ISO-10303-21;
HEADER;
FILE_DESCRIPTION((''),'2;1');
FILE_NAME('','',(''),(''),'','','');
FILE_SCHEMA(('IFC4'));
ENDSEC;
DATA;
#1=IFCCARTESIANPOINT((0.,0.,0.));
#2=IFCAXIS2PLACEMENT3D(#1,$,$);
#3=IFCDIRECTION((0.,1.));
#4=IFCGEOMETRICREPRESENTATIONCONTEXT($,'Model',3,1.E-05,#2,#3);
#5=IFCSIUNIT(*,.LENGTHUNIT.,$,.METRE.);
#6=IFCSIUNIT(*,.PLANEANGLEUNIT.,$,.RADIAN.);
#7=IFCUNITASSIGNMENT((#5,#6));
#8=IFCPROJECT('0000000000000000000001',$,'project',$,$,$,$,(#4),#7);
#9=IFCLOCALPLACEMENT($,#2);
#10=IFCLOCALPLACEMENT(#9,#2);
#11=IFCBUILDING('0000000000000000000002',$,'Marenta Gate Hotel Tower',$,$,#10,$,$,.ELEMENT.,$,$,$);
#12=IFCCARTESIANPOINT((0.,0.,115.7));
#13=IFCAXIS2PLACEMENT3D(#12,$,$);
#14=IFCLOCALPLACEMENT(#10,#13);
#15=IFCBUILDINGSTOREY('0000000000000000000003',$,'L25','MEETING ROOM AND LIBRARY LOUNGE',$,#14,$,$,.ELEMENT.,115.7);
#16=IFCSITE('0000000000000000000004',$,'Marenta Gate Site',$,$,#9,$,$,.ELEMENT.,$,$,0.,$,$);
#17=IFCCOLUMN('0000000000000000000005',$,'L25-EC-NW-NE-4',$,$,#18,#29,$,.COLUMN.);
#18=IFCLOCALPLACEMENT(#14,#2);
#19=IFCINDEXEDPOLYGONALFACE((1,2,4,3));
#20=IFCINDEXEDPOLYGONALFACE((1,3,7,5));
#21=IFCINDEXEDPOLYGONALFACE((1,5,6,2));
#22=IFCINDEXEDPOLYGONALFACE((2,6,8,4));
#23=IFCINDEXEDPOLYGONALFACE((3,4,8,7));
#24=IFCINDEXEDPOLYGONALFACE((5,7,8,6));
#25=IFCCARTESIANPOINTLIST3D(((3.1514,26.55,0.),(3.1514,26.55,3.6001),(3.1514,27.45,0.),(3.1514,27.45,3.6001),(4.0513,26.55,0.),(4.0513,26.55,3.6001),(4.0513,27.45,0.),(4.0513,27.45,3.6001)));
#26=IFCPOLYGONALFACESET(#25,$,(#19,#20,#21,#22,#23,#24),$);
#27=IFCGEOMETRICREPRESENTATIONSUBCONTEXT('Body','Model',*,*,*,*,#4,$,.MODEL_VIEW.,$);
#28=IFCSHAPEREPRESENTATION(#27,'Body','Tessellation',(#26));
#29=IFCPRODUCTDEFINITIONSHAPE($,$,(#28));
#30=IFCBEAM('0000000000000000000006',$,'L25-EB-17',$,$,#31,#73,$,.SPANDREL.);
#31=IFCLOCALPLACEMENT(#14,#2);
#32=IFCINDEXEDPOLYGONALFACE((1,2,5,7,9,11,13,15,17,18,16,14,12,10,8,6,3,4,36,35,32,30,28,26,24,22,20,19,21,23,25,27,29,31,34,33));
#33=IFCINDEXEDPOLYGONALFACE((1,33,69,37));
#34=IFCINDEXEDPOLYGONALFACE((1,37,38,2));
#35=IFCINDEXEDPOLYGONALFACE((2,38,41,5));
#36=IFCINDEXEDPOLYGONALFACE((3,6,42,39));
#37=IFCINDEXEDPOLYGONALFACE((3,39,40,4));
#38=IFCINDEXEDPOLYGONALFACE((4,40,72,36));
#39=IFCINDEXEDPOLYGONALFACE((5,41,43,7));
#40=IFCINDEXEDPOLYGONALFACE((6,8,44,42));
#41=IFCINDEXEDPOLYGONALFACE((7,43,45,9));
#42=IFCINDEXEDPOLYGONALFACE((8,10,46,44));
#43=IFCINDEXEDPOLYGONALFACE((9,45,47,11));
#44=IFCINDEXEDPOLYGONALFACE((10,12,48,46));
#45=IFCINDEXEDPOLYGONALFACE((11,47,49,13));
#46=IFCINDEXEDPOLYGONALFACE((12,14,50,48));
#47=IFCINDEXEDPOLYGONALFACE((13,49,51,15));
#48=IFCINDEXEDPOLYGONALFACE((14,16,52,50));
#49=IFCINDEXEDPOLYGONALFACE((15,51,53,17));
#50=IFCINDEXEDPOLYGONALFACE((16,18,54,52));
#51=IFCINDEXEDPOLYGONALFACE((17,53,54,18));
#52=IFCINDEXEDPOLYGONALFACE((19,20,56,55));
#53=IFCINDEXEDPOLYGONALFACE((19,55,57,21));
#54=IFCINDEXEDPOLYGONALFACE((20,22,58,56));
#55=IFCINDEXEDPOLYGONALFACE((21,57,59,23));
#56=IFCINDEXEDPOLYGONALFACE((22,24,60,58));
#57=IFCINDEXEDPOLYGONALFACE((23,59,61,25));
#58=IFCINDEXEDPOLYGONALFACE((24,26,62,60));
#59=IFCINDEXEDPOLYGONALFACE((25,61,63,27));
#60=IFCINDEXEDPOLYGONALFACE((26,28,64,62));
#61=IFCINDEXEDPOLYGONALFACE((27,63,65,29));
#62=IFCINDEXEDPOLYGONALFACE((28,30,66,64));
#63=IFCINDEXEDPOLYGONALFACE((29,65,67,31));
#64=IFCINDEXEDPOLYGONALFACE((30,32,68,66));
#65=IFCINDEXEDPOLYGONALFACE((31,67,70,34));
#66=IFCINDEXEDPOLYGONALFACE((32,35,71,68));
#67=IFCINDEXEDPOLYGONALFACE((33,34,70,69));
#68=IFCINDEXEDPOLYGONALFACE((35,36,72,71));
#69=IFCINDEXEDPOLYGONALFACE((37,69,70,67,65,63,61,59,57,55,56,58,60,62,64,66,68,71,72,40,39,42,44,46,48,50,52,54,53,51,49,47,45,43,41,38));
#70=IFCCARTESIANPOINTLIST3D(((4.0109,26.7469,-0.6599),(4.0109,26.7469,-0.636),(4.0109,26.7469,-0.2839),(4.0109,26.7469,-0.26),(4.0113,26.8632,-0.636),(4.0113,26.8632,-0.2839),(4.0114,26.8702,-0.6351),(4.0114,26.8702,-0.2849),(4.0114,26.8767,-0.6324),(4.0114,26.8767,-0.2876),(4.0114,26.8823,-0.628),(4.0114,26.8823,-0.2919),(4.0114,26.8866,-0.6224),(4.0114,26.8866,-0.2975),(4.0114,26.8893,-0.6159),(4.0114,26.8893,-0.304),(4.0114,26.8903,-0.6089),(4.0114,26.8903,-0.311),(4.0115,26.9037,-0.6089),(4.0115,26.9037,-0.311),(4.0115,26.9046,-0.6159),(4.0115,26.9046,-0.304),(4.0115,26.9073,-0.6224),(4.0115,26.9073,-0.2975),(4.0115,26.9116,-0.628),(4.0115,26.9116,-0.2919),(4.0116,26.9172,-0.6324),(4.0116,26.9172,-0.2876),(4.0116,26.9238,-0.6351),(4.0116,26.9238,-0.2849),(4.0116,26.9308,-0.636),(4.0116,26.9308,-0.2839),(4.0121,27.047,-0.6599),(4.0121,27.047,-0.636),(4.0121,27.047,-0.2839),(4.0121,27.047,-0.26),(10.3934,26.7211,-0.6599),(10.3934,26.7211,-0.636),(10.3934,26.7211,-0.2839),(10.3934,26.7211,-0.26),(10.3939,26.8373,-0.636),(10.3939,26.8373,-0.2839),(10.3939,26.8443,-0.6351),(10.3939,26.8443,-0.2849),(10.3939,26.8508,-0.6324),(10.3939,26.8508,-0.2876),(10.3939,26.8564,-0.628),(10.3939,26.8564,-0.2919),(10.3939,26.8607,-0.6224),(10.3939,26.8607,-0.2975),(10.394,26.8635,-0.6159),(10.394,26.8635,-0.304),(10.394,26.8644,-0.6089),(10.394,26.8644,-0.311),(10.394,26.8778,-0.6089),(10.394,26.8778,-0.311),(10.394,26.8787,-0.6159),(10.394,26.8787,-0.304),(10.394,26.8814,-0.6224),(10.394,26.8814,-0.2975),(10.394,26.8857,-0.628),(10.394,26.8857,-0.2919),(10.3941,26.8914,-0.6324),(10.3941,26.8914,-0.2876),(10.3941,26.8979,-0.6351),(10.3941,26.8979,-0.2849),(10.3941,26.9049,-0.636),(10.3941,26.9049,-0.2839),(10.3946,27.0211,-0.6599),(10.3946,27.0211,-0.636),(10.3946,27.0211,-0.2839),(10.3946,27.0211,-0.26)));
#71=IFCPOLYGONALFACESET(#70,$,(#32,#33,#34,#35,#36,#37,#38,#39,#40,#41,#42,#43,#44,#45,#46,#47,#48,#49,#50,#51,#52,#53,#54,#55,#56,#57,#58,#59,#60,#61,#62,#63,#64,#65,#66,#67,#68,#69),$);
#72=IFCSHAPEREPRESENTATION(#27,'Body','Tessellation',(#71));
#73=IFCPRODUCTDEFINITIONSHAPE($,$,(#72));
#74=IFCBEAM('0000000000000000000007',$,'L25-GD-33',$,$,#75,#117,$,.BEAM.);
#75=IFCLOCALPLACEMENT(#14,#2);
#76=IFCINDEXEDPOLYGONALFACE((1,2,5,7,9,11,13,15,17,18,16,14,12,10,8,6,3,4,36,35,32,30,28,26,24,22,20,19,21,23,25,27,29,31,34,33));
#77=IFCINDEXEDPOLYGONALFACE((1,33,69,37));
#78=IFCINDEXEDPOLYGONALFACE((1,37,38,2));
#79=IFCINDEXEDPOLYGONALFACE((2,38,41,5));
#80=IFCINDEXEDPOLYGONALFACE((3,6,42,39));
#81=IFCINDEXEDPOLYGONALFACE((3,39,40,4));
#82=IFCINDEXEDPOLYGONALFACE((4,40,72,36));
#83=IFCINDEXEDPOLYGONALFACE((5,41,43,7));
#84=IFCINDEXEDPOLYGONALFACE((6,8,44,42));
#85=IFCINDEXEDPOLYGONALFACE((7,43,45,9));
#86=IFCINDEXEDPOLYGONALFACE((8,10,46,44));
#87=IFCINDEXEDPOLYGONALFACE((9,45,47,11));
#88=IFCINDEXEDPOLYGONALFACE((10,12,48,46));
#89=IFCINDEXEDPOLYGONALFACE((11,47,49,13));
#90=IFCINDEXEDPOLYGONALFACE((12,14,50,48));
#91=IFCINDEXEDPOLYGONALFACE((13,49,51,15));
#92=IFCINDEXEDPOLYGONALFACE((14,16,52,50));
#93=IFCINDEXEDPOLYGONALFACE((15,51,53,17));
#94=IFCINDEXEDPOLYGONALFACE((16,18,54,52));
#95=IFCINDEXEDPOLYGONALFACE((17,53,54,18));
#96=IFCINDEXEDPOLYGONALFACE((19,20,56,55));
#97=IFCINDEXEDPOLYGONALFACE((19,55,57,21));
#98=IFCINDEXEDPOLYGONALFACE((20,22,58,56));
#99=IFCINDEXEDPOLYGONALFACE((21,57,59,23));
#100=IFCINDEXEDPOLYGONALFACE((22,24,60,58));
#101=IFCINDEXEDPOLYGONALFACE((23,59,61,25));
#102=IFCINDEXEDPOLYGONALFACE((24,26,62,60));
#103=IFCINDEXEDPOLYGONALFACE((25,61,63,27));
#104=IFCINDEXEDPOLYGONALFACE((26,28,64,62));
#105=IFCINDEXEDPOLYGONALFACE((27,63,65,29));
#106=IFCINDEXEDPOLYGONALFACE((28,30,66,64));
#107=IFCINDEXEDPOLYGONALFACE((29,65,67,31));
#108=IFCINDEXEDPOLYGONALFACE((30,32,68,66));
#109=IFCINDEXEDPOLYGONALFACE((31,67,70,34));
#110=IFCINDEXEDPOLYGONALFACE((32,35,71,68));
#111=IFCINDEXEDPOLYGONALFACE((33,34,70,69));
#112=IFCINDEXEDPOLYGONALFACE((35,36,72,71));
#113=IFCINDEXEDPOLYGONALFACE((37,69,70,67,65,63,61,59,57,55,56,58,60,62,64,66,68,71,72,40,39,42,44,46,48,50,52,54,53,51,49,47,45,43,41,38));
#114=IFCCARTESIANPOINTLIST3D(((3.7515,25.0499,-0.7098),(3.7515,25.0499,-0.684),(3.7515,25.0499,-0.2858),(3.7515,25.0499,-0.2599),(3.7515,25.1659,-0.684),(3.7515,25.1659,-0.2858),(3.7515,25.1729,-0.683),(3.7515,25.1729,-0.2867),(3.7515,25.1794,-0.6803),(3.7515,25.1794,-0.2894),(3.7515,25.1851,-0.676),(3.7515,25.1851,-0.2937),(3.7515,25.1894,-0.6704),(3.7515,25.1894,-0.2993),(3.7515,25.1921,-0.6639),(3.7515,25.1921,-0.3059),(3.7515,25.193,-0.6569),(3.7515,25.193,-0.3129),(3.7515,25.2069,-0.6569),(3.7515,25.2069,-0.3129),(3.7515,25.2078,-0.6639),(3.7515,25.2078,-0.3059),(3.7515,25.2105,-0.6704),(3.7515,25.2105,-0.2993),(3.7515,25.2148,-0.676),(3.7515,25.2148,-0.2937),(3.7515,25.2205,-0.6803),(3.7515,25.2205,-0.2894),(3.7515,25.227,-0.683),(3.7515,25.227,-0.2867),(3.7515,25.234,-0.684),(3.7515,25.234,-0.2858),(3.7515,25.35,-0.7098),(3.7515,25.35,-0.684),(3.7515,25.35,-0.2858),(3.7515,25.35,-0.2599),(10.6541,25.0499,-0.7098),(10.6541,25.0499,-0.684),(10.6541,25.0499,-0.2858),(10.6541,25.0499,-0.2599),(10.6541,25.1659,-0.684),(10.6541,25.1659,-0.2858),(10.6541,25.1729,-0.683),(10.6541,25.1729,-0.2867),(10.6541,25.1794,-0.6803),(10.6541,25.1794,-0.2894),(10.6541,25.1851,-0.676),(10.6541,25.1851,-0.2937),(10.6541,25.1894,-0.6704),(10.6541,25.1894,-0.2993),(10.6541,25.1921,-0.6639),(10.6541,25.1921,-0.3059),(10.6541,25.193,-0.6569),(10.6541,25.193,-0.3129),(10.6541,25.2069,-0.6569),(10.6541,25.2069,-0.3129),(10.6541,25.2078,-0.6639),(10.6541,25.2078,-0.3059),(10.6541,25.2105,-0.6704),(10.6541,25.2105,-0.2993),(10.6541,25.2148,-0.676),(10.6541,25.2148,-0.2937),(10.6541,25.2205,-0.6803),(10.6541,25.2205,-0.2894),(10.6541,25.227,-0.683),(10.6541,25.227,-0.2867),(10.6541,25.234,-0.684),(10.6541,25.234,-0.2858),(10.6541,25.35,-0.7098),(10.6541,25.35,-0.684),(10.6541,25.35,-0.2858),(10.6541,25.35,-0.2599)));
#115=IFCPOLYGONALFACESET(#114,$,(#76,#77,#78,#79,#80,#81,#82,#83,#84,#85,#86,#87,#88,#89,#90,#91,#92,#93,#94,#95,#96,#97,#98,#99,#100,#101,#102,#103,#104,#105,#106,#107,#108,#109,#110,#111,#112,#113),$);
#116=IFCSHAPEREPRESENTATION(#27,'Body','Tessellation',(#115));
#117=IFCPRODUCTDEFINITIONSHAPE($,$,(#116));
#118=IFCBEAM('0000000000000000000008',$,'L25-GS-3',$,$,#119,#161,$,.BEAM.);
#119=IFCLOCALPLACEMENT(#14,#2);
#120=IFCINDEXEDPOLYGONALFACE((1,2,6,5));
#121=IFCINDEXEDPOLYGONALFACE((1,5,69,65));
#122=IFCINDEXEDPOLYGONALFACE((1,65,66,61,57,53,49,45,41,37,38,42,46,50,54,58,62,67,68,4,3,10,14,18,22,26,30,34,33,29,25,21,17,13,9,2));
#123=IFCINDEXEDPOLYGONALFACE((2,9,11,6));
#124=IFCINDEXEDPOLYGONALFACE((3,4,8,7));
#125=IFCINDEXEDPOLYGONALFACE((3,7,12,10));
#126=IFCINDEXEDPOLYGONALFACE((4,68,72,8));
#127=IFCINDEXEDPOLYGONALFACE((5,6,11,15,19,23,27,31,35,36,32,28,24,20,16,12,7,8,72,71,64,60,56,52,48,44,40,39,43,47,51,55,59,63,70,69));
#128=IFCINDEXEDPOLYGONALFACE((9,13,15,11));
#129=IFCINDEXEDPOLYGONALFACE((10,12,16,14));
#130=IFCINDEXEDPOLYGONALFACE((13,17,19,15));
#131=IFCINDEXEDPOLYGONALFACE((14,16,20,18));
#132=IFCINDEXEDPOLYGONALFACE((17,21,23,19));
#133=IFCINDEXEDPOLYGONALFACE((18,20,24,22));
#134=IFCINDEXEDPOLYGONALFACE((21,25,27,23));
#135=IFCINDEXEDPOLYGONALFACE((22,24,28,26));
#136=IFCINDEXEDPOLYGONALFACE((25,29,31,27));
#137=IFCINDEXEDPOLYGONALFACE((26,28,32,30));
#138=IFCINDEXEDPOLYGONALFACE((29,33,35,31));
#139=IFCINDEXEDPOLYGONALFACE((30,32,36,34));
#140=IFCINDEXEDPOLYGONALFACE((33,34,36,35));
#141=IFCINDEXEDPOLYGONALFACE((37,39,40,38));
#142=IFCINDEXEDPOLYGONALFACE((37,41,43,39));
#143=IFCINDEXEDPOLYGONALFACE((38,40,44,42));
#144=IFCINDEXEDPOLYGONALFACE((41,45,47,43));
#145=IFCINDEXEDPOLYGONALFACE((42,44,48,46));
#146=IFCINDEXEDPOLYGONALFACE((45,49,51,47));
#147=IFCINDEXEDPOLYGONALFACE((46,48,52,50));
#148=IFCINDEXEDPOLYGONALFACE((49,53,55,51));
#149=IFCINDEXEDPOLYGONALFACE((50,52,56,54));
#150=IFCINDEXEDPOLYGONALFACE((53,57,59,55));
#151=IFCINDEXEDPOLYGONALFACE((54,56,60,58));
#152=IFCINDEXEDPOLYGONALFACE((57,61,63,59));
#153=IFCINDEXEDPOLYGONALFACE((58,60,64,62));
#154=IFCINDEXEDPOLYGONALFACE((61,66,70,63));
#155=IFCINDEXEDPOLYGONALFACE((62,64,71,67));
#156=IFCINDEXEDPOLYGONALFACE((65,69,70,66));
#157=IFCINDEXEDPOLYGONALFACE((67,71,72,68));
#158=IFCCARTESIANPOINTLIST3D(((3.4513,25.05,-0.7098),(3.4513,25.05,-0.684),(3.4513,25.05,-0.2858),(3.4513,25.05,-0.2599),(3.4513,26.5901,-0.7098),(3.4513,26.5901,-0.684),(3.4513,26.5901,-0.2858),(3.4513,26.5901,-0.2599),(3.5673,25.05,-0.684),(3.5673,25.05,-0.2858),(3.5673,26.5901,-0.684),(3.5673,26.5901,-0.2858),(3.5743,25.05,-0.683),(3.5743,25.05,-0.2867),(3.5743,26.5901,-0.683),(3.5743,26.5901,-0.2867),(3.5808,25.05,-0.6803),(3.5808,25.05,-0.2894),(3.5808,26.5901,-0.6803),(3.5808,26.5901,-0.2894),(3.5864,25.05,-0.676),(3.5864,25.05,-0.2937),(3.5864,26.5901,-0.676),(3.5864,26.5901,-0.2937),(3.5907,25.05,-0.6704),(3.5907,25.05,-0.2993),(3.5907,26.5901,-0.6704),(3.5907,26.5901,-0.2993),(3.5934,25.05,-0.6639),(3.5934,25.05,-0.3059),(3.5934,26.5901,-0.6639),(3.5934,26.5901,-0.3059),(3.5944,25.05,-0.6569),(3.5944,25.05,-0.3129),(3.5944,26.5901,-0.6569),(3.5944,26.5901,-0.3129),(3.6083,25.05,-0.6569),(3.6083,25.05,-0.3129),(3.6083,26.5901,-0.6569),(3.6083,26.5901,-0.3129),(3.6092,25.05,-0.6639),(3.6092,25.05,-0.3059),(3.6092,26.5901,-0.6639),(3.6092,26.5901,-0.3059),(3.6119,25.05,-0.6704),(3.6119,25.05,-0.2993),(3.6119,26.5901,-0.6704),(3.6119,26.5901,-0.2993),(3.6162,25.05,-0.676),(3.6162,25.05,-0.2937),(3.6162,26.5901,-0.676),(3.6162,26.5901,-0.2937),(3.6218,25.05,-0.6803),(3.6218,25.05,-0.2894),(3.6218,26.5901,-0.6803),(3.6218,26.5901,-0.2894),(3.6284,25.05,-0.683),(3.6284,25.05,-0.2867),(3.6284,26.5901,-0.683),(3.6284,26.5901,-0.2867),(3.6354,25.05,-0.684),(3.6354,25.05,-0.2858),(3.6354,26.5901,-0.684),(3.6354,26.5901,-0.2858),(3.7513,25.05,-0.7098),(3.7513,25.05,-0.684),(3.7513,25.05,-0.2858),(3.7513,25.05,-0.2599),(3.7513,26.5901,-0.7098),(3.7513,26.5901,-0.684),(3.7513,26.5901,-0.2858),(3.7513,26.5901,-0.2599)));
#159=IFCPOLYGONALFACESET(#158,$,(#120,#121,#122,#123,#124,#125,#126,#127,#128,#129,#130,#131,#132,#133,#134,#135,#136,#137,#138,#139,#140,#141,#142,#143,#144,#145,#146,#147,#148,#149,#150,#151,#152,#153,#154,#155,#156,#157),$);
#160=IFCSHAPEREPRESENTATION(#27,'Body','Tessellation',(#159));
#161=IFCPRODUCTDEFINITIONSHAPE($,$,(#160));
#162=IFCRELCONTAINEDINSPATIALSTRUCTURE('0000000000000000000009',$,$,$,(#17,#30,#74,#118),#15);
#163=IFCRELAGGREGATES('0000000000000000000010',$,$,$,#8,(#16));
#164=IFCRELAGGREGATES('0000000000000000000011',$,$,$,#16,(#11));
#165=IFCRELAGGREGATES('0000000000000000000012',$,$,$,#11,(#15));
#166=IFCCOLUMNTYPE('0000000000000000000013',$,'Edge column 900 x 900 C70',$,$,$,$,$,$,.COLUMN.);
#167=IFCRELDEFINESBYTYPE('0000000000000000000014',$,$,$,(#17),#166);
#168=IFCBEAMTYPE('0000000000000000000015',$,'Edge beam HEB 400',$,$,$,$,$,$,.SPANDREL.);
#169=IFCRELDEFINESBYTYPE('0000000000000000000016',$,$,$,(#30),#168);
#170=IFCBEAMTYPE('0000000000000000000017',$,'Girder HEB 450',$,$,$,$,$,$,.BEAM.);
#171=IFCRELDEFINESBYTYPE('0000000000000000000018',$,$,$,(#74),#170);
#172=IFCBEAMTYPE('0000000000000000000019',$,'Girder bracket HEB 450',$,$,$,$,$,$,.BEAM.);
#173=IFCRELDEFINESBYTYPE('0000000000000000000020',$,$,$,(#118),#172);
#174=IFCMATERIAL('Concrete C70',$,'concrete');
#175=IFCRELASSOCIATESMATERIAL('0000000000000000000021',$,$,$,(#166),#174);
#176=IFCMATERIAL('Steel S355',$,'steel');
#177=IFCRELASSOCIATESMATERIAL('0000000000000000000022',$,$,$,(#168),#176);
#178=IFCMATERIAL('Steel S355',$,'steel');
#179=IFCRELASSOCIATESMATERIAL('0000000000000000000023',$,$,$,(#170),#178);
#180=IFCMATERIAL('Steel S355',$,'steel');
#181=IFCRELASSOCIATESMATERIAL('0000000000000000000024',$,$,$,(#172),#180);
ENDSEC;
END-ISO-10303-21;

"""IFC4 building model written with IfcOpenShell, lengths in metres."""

from ifc_helpers import new_model, si_unit, direction, frame, origin, origin_2d, place, context, subcontext, project, spatial, rectangle, i_section, extrude, material, material_profile, profile_set, type_object, element, save


model = new_model("IFC4")

# Units and contexts
model_context = context("Model", 3, precision=1e-05, world=origin(), true_north=direction((0.0, 1.0)))
body_context = subcontext(model_context, "Body", "Model", "MODEL_VIEW")
ifc_project = project(units=[si_unit("LENGTHUNIT", "METRE"), si_unit("PLANEANGLEUNIT", "RADIAN")], contexts=[model_context])

# Site, building, storey
site_placement = place(None, origin())
site = spatial("IfcSite", under=ifc_project, at=site_placement, Name="Marenta Gate Site", CompositionType="ELEMENT", RefElevation=0.0)
building_placement = place(site_placement, origin())
building = spatial("IfcBuilding", under=site, at=building_placement, Name="Marenta Gate Hotel Tower", CompositionType="ELEMENT")
storey_placement = place(building_placement, frame((0.0, 0.0, 115.7)))
storey = spatial("IfcBuildingStorey", under=building, at=storey_placement, Name="L25", Description="MEETING ROOM AND LIBRARY LOUNGE", CompositionType="ELEMENT", Elevation=115.7)

# Column
ifc_material_1 = material(Name="Concrete C70", Category="concrete")
ifc_material_profile_1 = material_profile(ifc_material_1, rectangle(XDim=0.8999, YDim=0.8999, at=origin_2d()), Name="900 x 900")
ifc_profile_set_1 = profile_set([ifc_material_profile_1], Name="Concrete C70")
column_type = type_object("IfcColumnType", Name="Edge column 900 x 900 C70", PredefinedType="COLUMN", material=ifc_profile_set_1)
column_placement = place(storey_placement, frame((3.6013, 27.0, 0.0), z_axis=(0.0, 0.0, 1.0), x_axis=(1.0, 0.0, 0.0)))
element("IfcColumn", 1, at=column_placement, inside=storey, type_object=column_type, Name="L25-EC-NW-NE-4", PredefinedType="COLUMN", context=body_context, shape_type="SweptSolid", body=[
    extrude(rectangle(XDim=0.8999, YDim=0.8999, at=origin_2d()), origin(), (0.0, 0.0, 1.0), 3.6001),
])

# Beams
ifc_material_2 = material(Name="Steel S355", Category="steel")
ifc_material_profile_2 = material_profile(ifc_material_2, i_section(OverallWidth=0.3, OverallDepth=0.3999, WebThickness=0.0134, FlangeThickness=0.0239, FilletRadius=0.0271, at=origin_2d()), Name="HEB 400")
ifc_profile_set_2 = profile_set([ifc_material_profile_2], Name="Steel S355")
beam_type_1 = type_object("IfcBeamType", Name="Edge beam HEB 400", PredefinedType="SPANDREL", material=ifc_profile_set_2)
beam_1_placement = place(storey_placement, frame((4.0115, 26.897, -0.46), z_axis=(0.999992, -0.004055, 0.0), x_axis=(0.004055, 0.999992, 0.0)))
element("IfcBeam", 2, at=beam_1_placement, inside=storey, type_object=beam_type_1, Name="L25-EB-17", PredefinedType="SPANDREL", context=body_context, shape_type="SweptSolid", body=[
    extrude(i_section(OverallWidth=0.3, OverallDepth=0.3999, WebThickness=0.0134, FlangeThickness=0.0239, FilletRadius=0.0271, at=origin_2d()), origin(), (0.0, 0.0, 1.0), 6.3826),
])
ifc_material_3 = material(Name="Steel S355", Category="steel")
ifc_material_profile_3 = material_profile(ifc_material_3, i_section(OverallWidth=0.3, OverallDepth=0.45, WebThickness=0.0139, FlangeThickness=0.0259, FilletRadius=0.0271, at=origin_2d()), Name="HEB 450")
ifc_profile_set_3 = profile_set([ifc_material_profile_3], Name="Steel S355")
beam_type_2 = type_object("IfcBeamType", Name="Girder HEB 450", PredefinedType="BEAM", material=ifc_profile_set_3)
beam_2_placement = place(storey_placement, frame((3.7515, 25.2, -0.4849), z_axis=(1.0, 0.0, 0.0), x_axis=(0.0, 1.0, 0.0)))
element("IfcBeam", 3, at=beam_2_placement, inside=storey, type_object=beam_type_2, Name="L25-GD-33", PredefinedType="BEAM", context=body_context, shape_type="SweptSolid", body=[
    extrude(i_section(OverallWidth=0.3, OverallDepth=0.45, WebThickness=0.0139, FlangeThickness=0.0259, FilletRadius=0.0271, at=origin_2d()), origin(), (0.0, 0.0, 1.0), 6.9026),
])
ifc_material_4 = material(Name="Steel S355", Category="steel")
ifc_material_profile_4 = material_profile(ifc_material_4, i_section(OverallWidth=0.3, OverallDepth=0.45, WebThickness=0.0139, FlangeThickness=0.0259, FilletRadius=0.0271, at=origin_2d()), Name="HEB 450")
ifc_profile_set_4 = profile_set([ifc_material_profile_4], Name="Steel S355")
beam_type_3 = type_object("IfcBeamType", Name="Girder bracket HEB 450", PredefinedType="BEAM", material=ifc_profile_set_4)
beam_3_placement = place(storey_placement, frame((3.6013, 25.05, -0.4849), z_axis=(0.0, 1.0, 0.0), x_axis=(-1.0, 0.0, 0.0)))
element("IfcBeam", 4, at=beam_3_placement, inside=storey, type_object=beam_type_3, Name="L25-GS-3", PredefinedType="BEAM", context=body_context, shape_type="SweptSolid", body=[
    extrude(i_section(OverallWidth=0.3, OverallDepth=0.45, WebThickness=0.0139, FlangeThickness=0.0259, FilletRadius=0.0271, at=origin_2d()), origin(), (0.0, 0.0, 1.0), 1.54),
])

save(model, "model.ifc")
